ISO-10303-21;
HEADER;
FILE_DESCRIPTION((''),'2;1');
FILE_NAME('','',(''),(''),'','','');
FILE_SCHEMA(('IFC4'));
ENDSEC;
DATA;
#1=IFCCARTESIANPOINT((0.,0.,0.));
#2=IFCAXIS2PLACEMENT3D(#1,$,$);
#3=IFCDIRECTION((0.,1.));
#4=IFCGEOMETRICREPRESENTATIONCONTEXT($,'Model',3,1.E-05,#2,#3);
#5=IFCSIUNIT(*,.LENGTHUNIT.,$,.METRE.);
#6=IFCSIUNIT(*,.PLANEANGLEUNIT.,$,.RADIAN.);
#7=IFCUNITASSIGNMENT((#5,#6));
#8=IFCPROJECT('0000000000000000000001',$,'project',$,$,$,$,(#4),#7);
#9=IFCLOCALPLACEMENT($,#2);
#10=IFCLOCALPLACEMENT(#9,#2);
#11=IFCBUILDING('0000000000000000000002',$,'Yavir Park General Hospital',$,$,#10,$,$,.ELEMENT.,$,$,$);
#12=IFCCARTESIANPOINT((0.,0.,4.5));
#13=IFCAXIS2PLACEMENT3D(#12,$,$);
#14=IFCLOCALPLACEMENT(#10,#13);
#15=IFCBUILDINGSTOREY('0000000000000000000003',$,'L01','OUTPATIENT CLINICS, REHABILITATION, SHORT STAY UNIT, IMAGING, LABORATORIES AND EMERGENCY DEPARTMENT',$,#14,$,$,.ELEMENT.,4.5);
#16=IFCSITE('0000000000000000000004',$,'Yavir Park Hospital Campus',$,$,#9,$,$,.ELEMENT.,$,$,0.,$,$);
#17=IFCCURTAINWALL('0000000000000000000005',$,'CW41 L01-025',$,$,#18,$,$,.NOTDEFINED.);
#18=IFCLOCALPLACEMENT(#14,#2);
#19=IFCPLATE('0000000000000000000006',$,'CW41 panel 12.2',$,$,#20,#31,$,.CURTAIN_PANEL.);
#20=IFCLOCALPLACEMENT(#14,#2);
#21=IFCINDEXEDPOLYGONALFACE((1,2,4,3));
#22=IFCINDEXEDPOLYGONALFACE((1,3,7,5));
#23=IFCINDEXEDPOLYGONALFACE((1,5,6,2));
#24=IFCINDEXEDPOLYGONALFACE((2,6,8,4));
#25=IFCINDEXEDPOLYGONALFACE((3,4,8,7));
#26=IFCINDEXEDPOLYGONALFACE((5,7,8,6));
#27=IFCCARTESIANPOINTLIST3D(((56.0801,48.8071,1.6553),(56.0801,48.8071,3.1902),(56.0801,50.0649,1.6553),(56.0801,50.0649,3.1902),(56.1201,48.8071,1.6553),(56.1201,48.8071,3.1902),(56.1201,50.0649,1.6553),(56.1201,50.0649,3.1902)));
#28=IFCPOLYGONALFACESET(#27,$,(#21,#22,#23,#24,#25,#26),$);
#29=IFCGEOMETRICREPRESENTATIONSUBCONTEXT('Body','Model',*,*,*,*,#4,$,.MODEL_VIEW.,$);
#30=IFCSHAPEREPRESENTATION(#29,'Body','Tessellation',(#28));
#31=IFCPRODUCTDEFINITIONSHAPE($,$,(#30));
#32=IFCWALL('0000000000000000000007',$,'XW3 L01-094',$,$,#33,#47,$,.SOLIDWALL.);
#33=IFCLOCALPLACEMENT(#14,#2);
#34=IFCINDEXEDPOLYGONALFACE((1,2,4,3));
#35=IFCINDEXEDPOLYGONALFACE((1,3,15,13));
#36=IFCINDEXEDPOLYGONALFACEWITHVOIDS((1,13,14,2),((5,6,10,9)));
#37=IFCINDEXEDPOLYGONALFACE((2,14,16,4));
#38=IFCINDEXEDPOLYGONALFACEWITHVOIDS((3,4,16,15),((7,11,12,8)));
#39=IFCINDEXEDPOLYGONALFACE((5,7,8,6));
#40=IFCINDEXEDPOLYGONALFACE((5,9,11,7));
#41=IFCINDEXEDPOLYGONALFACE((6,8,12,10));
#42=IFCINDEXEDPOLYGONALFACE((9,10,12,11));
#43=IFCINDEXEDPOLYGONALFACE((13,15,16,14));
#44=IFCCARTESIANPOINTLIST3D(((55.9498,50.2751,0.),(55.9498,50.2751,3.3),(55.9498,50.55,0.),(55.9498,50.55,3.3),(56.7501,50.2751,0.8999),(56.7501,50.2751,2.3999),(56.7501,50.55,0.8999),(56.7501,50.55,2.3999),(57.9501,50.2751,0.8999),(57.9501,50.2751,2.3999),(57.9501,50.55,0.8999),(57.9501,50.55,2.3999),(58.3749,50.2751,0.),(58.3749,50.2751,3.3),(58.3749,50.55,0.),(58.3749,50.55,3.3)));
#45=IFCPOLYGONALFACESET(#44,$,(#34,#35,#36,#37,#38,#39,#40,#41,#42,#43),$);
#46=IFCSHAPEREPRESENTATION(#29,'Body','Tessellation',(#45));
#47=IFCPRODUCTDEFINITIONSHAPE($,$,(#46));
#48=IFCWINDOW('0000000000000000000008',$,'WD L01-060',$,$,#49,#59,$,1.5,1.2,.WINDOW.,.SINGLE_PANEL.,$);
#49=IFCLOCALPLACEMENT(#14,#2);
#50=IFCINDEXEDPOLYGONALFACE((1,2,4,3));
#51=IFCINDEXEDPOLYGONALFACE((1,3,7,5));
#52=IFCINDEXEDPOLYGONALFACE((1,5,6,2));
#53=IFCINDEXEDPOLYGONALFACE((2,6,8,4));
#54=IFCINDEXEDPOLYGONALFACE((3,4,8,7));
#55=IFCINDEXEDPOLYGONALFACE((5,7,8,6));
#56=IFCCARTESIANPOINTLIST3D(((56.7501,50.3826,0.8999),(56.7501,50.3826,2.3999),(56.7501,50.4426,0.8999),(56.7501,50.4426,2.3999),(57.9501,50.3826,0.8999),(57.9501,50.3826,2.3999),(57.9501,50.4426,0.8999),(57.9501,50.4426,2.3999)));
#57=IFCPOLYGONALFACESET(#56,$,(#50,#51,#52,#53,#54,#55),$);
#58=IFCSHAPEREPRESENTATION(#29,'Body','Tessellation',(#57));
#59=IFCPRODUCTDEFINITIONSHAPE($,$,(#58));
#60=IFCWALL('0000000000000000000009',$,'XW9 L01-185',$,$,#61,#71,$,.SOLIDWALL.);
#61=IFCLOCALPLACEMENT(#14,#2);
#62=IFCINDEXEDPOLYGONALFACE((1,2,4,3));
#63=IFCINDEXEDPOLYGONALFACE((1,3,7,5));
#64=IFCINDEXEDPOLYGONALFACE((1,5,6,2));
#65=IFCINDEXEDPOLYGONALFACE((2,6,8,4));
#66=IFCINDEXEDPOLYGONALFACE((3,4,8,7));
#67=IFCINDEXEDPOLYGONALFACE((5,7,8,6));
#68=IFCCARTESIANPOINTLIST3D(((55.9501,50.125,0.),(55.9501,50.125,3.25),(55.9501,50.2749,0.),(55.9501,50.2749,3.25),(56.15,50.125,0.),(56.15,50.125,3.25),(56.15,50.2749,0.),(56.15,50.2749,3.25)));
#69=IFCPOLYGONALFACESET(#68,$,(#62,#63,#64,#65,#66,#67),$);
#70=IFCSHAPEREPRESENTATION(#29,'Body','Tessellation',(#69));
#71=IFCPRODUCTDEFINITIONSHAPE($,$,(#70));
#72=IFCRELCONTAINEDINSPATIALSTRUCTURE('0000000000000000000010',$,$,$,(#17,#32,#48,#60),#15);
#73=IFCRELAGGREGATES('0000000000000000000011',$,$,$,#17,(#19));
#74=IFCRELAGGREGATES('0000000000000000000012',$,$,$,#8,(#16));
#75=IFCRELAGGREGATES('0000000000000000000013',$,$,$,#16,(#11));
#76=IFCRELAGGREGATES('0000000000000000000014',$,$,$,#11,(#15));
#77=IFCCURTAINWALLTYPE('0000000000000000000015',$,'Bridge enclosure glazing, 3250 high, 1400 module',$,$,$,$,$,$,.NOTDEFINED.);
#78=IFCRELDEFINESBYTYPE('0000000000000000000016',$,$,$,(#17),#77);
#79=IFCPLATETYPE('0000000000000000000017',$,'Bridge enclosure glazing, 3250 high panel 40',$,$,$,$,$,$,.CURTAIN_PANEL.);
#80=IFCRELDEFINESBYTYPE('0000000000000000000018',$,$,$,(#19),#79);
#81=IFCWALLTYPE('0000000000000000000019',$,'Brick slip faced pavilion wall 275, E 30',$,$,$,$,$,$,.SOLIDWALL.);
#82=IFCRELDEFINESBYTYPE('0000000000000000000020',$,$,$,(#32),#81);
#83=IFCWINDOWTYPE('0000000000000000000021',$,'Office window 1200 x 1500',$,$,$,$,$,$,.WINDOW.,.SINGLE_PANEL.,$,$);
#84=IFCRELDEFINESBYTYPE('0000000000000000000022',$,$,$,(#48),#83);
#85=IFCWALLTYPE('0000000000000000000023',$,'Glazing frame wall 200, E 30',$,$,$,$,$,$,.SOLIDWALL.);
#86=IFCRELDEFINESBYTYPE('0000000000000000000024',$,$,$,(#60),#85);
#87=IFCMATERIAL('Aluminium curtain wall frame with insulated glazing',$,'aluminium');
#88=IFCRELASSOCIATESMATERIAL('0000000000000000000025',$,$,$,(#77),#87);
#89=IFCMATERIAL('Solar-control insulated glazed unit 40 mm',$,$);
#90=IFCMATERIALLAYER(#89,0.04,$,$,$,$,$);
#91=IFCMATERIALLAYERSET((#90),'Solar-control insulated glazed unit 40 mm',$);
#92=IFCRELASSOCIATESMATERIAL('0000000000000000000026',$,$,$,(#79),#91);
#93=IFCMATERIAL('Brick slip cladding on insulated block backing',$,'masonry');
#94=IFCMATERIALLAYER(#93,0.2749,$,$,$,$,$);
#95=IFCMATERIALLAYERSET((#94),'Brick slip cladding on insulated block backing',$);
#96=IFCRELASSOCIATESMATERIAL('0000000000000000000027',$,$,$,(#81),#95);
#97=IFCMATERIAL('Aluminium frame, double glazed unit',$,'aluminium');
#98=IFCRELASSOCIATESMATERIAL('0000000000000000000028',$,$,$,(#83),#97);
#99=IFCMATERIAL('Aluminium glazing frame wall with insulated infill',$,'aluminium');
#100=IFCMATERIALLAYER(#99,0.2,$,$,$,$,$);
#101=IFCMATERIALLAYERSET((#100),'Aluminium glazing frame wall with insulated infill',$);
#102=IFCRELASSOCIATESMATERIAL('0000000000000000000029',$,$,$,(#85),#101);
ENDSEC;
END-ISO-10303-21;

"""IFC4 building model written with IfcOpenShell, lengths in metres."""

from ifc_helpers import new_model, si_unit, direction, frame, frame_2d, origin, origin_2d, place, context, subcontext, project, spatial, rectangle, extrude, material, layer, layer_set, type_object, element, fill, aggregate, save


model = new_model("IFC4")

# Units and contexts
model_context = context("Model", 3, precision=1e-05, world=origin(), true_north=direction((0.0, 1.0)))
body_context = subcontext(model_context, "Body", "Model", "MODEL_VIEW")
ifc_project = project(units=[si_unit("LENGTHUNIT", "METRE"), si_unit("PLANEANGLEUNIT", "RADIAN")], contexts=[model_context])

# Site, building, storey
site_placement = place(None, origin())
site = spatial("IfcSite", under=ifc_project, at=site_placement, Name="Yavir Park Hospital Campus", CompositionType="ELEMENT", RefElevation=0.0)
building_placement = place(site_placement, origin())
building = spatial("IfcBuilding", under=site, at=building_placement, Name="Yavir Park General Hospital", CompositionType="ELEMENT")
storey_placement = place(building_placement, frame((0.0, 0.0, 4.5)))
storey = spatial("IfcBuildingStorey", under=building, at=storey_placement, Name="L01", Description="OUTPATIENT CLINICS, REHABILITATION, SHORT STAY UNIT, IMAGING, LABORATORIES AND EMERGENCY DEPARTMENT", CompositionType="ELEMENT", Elevation=4.5)

# Curtain wall
ifc_material_1 = material(Name="Aluminium curtain wall frame with insulated glazing", Category="aluminium")
curtain_wall_type = type_object("IfcCurtainWallType", Name="Bridge enclosure glazing, 3250 high, 1400 module", PredefinedType="NOTDEFINED", material=ifc_material_1)
curtain_wall_placement = place(storey_placement, origin())
curtain_wall = element("IfcCurtainWall", 1, at=curtain_wall_placement, inside=storey, type_object=curtain_wall_type, Name="CW41 L01-025", PredefinedType="NOTDEFINED")

# Plate
ifc_material_2 = material(Name="Solar-control insulated glazed unit 40 mm")
ifc_layer_1 = layer(ifc_material_2, 0.04)
ifc_layer_set_1 = layer_set([ifc_layer_1], Name="Solar-control insulated glazed unit 40 mm")
plate_type = type_object("IfcPlateType", Name="Bridge enclosure glazing, 3250 high panel 40", PredefinedType="CURTAIN_PANEL", material=ifc_layer_set_1)
plate_1_placement = place(storey_placement, frame((56.1001, 49.436, 1.6553), z_axis=(0.0, 0.0, 1.0), x_axis=(0.0, 1.0, 0.0)))
plate_1 = element("IfcPlate", 2, at=plate_1_placement, type_object=plate_type, Name="CW41 panel 12.2", PredefinedType="CURTAIN_PANEL", context=body_context, shape_type="SweptSolid", body=[
    extrude(rectangle(XDim=1.2578, YDim=0.04, at=origin_2d()), origin(), (0.0, 0.0, 1.0), 1.5349),
])
aggregate(curtain_wall, [plate_1])

# Wall, opening, window
ifc_material_3 = material(Name="Brick slip cladding on insulated block backing", Category="masonry")
ifc_layer_2 = layer(ifc_material_3, 0.2749)
ifc_layer_set_2 = layer_set([ifc_layer_2], Name="Brick slip cladding on insulated block backing")
wall_type_1 = type_object("IfcWallType", Name="Brick slip faced pavilion wall 275, E 30", PredefinedType="SOLIDWALL", material=ifc_layer_set_2)
wall_1_placement = place(storey_placement, frame((55.95, 50.4126, 0.0), z_axis=(0.0, 0.0, 1.0), x_axis=(1.0, 0.0, 0.0)))
wall_1 = element("IfcWall", 3, at=wall_1_placement, inside=storey, type_object=wall_type_1, Name="XW3 L01-094", PredefinedType="SOLIDWALL", context=body_context, shape_type="SweptSolid", body=[
    extrude(rectangle(XDim=2.425, YDim=0.2749, at=frame_2d((1.2124, 0.0))), origin(), (0.0, 0.0, 1.0), 3.3),
])
opening_placement = place(wall_1_placement, frame((0.8, 0.0, 0.8999)))
opening = element("IfcOpeningElement", 4, at=opening_placement, cuts=wall_1, PredefinedType="OPENING", context=body_context, shape_type="SweptSolid", body=[
    extrude(rectangle(XDim=1.2, YDim=1.5, at=frame_2d((0.6001, 0.75))), frame((0.0, 0.1475, 0.0), z_axis=(0.0, -1.0, 0.0), x_axis=(1.0, 0.0, 0.0)), (0.0, 0.0, 1.0), 0.2949),
])
ifc_material_4 = material(Name="Aluminium frame, double glazed unit", Category="aluminium")
window_type = type_object("IfcWindowType", Name="Office window 1200 x 1500", PartitioningType="SINGLE_PANEL", PredefinedType="WINDOW", material=ifc_material_4)
window_placement = place(opening_placement, origin())
window = element("IfcWindow", 5, at=window_placement, inside=storey, type_object=window_type, Name="WD L01-060", OverallHeight=1.5, OverallWidth=1.2, PartitioningType="SINGLE_PANEL", PredefinedType="WINDOW", context=body_context, shape_type="SweptSolid", body=[
    extrude(rectangle(XDim=1.2, YDim=1.5, at=frame_2d((0.6001, 0.75))), frame((0.0, 0.03, 0.0), z_axis=(0.0, -1.0, 0.0), x_axis=(1.0, 0.0, 0.0)), (0.0, 0.0, 1.0), 0.0601),
])
fill(opening, window)

# Wall
ifc_material_5 = material(Name="Aluminium glazing frame wall with insulated infill", Category="aluminium")
ifc_layer_3 = layer(ifc_material_5, 0.2)
ifc_layer_set_3 = layer_set([ifc_layer_3], Name="Aluminium glazing frame wall with insulated infill")
wall_type_2 = type_object("IfcWallType", Name="Glazing frame wall 200, E 30", PredefinedType="SOLIDWALL", material=ifc_layer_set_3)
wall_2_placement = place(storey_placement, frame((56.05, 50.125, 0.0), z_axis=(0.0, 0.0, 1.0), x_axis=(0.0, 1.0, 0.0)))
element("IfcWall", 6, at=wall_2_placement, inside=storey, type_object=wall_type_2, Name="XW9 L01-185", PredefinedType="SOLIDWALL", context=body_context, shape_type="SweptSolid", body=[
    extrude(rectangle(XDim=0.1499, YDim=0.2, at=frame_2d((0.075, 0.0))), origin(), (0.0, 0.0, 1.0), 3.25),
])

save(model, "model.ifc")
